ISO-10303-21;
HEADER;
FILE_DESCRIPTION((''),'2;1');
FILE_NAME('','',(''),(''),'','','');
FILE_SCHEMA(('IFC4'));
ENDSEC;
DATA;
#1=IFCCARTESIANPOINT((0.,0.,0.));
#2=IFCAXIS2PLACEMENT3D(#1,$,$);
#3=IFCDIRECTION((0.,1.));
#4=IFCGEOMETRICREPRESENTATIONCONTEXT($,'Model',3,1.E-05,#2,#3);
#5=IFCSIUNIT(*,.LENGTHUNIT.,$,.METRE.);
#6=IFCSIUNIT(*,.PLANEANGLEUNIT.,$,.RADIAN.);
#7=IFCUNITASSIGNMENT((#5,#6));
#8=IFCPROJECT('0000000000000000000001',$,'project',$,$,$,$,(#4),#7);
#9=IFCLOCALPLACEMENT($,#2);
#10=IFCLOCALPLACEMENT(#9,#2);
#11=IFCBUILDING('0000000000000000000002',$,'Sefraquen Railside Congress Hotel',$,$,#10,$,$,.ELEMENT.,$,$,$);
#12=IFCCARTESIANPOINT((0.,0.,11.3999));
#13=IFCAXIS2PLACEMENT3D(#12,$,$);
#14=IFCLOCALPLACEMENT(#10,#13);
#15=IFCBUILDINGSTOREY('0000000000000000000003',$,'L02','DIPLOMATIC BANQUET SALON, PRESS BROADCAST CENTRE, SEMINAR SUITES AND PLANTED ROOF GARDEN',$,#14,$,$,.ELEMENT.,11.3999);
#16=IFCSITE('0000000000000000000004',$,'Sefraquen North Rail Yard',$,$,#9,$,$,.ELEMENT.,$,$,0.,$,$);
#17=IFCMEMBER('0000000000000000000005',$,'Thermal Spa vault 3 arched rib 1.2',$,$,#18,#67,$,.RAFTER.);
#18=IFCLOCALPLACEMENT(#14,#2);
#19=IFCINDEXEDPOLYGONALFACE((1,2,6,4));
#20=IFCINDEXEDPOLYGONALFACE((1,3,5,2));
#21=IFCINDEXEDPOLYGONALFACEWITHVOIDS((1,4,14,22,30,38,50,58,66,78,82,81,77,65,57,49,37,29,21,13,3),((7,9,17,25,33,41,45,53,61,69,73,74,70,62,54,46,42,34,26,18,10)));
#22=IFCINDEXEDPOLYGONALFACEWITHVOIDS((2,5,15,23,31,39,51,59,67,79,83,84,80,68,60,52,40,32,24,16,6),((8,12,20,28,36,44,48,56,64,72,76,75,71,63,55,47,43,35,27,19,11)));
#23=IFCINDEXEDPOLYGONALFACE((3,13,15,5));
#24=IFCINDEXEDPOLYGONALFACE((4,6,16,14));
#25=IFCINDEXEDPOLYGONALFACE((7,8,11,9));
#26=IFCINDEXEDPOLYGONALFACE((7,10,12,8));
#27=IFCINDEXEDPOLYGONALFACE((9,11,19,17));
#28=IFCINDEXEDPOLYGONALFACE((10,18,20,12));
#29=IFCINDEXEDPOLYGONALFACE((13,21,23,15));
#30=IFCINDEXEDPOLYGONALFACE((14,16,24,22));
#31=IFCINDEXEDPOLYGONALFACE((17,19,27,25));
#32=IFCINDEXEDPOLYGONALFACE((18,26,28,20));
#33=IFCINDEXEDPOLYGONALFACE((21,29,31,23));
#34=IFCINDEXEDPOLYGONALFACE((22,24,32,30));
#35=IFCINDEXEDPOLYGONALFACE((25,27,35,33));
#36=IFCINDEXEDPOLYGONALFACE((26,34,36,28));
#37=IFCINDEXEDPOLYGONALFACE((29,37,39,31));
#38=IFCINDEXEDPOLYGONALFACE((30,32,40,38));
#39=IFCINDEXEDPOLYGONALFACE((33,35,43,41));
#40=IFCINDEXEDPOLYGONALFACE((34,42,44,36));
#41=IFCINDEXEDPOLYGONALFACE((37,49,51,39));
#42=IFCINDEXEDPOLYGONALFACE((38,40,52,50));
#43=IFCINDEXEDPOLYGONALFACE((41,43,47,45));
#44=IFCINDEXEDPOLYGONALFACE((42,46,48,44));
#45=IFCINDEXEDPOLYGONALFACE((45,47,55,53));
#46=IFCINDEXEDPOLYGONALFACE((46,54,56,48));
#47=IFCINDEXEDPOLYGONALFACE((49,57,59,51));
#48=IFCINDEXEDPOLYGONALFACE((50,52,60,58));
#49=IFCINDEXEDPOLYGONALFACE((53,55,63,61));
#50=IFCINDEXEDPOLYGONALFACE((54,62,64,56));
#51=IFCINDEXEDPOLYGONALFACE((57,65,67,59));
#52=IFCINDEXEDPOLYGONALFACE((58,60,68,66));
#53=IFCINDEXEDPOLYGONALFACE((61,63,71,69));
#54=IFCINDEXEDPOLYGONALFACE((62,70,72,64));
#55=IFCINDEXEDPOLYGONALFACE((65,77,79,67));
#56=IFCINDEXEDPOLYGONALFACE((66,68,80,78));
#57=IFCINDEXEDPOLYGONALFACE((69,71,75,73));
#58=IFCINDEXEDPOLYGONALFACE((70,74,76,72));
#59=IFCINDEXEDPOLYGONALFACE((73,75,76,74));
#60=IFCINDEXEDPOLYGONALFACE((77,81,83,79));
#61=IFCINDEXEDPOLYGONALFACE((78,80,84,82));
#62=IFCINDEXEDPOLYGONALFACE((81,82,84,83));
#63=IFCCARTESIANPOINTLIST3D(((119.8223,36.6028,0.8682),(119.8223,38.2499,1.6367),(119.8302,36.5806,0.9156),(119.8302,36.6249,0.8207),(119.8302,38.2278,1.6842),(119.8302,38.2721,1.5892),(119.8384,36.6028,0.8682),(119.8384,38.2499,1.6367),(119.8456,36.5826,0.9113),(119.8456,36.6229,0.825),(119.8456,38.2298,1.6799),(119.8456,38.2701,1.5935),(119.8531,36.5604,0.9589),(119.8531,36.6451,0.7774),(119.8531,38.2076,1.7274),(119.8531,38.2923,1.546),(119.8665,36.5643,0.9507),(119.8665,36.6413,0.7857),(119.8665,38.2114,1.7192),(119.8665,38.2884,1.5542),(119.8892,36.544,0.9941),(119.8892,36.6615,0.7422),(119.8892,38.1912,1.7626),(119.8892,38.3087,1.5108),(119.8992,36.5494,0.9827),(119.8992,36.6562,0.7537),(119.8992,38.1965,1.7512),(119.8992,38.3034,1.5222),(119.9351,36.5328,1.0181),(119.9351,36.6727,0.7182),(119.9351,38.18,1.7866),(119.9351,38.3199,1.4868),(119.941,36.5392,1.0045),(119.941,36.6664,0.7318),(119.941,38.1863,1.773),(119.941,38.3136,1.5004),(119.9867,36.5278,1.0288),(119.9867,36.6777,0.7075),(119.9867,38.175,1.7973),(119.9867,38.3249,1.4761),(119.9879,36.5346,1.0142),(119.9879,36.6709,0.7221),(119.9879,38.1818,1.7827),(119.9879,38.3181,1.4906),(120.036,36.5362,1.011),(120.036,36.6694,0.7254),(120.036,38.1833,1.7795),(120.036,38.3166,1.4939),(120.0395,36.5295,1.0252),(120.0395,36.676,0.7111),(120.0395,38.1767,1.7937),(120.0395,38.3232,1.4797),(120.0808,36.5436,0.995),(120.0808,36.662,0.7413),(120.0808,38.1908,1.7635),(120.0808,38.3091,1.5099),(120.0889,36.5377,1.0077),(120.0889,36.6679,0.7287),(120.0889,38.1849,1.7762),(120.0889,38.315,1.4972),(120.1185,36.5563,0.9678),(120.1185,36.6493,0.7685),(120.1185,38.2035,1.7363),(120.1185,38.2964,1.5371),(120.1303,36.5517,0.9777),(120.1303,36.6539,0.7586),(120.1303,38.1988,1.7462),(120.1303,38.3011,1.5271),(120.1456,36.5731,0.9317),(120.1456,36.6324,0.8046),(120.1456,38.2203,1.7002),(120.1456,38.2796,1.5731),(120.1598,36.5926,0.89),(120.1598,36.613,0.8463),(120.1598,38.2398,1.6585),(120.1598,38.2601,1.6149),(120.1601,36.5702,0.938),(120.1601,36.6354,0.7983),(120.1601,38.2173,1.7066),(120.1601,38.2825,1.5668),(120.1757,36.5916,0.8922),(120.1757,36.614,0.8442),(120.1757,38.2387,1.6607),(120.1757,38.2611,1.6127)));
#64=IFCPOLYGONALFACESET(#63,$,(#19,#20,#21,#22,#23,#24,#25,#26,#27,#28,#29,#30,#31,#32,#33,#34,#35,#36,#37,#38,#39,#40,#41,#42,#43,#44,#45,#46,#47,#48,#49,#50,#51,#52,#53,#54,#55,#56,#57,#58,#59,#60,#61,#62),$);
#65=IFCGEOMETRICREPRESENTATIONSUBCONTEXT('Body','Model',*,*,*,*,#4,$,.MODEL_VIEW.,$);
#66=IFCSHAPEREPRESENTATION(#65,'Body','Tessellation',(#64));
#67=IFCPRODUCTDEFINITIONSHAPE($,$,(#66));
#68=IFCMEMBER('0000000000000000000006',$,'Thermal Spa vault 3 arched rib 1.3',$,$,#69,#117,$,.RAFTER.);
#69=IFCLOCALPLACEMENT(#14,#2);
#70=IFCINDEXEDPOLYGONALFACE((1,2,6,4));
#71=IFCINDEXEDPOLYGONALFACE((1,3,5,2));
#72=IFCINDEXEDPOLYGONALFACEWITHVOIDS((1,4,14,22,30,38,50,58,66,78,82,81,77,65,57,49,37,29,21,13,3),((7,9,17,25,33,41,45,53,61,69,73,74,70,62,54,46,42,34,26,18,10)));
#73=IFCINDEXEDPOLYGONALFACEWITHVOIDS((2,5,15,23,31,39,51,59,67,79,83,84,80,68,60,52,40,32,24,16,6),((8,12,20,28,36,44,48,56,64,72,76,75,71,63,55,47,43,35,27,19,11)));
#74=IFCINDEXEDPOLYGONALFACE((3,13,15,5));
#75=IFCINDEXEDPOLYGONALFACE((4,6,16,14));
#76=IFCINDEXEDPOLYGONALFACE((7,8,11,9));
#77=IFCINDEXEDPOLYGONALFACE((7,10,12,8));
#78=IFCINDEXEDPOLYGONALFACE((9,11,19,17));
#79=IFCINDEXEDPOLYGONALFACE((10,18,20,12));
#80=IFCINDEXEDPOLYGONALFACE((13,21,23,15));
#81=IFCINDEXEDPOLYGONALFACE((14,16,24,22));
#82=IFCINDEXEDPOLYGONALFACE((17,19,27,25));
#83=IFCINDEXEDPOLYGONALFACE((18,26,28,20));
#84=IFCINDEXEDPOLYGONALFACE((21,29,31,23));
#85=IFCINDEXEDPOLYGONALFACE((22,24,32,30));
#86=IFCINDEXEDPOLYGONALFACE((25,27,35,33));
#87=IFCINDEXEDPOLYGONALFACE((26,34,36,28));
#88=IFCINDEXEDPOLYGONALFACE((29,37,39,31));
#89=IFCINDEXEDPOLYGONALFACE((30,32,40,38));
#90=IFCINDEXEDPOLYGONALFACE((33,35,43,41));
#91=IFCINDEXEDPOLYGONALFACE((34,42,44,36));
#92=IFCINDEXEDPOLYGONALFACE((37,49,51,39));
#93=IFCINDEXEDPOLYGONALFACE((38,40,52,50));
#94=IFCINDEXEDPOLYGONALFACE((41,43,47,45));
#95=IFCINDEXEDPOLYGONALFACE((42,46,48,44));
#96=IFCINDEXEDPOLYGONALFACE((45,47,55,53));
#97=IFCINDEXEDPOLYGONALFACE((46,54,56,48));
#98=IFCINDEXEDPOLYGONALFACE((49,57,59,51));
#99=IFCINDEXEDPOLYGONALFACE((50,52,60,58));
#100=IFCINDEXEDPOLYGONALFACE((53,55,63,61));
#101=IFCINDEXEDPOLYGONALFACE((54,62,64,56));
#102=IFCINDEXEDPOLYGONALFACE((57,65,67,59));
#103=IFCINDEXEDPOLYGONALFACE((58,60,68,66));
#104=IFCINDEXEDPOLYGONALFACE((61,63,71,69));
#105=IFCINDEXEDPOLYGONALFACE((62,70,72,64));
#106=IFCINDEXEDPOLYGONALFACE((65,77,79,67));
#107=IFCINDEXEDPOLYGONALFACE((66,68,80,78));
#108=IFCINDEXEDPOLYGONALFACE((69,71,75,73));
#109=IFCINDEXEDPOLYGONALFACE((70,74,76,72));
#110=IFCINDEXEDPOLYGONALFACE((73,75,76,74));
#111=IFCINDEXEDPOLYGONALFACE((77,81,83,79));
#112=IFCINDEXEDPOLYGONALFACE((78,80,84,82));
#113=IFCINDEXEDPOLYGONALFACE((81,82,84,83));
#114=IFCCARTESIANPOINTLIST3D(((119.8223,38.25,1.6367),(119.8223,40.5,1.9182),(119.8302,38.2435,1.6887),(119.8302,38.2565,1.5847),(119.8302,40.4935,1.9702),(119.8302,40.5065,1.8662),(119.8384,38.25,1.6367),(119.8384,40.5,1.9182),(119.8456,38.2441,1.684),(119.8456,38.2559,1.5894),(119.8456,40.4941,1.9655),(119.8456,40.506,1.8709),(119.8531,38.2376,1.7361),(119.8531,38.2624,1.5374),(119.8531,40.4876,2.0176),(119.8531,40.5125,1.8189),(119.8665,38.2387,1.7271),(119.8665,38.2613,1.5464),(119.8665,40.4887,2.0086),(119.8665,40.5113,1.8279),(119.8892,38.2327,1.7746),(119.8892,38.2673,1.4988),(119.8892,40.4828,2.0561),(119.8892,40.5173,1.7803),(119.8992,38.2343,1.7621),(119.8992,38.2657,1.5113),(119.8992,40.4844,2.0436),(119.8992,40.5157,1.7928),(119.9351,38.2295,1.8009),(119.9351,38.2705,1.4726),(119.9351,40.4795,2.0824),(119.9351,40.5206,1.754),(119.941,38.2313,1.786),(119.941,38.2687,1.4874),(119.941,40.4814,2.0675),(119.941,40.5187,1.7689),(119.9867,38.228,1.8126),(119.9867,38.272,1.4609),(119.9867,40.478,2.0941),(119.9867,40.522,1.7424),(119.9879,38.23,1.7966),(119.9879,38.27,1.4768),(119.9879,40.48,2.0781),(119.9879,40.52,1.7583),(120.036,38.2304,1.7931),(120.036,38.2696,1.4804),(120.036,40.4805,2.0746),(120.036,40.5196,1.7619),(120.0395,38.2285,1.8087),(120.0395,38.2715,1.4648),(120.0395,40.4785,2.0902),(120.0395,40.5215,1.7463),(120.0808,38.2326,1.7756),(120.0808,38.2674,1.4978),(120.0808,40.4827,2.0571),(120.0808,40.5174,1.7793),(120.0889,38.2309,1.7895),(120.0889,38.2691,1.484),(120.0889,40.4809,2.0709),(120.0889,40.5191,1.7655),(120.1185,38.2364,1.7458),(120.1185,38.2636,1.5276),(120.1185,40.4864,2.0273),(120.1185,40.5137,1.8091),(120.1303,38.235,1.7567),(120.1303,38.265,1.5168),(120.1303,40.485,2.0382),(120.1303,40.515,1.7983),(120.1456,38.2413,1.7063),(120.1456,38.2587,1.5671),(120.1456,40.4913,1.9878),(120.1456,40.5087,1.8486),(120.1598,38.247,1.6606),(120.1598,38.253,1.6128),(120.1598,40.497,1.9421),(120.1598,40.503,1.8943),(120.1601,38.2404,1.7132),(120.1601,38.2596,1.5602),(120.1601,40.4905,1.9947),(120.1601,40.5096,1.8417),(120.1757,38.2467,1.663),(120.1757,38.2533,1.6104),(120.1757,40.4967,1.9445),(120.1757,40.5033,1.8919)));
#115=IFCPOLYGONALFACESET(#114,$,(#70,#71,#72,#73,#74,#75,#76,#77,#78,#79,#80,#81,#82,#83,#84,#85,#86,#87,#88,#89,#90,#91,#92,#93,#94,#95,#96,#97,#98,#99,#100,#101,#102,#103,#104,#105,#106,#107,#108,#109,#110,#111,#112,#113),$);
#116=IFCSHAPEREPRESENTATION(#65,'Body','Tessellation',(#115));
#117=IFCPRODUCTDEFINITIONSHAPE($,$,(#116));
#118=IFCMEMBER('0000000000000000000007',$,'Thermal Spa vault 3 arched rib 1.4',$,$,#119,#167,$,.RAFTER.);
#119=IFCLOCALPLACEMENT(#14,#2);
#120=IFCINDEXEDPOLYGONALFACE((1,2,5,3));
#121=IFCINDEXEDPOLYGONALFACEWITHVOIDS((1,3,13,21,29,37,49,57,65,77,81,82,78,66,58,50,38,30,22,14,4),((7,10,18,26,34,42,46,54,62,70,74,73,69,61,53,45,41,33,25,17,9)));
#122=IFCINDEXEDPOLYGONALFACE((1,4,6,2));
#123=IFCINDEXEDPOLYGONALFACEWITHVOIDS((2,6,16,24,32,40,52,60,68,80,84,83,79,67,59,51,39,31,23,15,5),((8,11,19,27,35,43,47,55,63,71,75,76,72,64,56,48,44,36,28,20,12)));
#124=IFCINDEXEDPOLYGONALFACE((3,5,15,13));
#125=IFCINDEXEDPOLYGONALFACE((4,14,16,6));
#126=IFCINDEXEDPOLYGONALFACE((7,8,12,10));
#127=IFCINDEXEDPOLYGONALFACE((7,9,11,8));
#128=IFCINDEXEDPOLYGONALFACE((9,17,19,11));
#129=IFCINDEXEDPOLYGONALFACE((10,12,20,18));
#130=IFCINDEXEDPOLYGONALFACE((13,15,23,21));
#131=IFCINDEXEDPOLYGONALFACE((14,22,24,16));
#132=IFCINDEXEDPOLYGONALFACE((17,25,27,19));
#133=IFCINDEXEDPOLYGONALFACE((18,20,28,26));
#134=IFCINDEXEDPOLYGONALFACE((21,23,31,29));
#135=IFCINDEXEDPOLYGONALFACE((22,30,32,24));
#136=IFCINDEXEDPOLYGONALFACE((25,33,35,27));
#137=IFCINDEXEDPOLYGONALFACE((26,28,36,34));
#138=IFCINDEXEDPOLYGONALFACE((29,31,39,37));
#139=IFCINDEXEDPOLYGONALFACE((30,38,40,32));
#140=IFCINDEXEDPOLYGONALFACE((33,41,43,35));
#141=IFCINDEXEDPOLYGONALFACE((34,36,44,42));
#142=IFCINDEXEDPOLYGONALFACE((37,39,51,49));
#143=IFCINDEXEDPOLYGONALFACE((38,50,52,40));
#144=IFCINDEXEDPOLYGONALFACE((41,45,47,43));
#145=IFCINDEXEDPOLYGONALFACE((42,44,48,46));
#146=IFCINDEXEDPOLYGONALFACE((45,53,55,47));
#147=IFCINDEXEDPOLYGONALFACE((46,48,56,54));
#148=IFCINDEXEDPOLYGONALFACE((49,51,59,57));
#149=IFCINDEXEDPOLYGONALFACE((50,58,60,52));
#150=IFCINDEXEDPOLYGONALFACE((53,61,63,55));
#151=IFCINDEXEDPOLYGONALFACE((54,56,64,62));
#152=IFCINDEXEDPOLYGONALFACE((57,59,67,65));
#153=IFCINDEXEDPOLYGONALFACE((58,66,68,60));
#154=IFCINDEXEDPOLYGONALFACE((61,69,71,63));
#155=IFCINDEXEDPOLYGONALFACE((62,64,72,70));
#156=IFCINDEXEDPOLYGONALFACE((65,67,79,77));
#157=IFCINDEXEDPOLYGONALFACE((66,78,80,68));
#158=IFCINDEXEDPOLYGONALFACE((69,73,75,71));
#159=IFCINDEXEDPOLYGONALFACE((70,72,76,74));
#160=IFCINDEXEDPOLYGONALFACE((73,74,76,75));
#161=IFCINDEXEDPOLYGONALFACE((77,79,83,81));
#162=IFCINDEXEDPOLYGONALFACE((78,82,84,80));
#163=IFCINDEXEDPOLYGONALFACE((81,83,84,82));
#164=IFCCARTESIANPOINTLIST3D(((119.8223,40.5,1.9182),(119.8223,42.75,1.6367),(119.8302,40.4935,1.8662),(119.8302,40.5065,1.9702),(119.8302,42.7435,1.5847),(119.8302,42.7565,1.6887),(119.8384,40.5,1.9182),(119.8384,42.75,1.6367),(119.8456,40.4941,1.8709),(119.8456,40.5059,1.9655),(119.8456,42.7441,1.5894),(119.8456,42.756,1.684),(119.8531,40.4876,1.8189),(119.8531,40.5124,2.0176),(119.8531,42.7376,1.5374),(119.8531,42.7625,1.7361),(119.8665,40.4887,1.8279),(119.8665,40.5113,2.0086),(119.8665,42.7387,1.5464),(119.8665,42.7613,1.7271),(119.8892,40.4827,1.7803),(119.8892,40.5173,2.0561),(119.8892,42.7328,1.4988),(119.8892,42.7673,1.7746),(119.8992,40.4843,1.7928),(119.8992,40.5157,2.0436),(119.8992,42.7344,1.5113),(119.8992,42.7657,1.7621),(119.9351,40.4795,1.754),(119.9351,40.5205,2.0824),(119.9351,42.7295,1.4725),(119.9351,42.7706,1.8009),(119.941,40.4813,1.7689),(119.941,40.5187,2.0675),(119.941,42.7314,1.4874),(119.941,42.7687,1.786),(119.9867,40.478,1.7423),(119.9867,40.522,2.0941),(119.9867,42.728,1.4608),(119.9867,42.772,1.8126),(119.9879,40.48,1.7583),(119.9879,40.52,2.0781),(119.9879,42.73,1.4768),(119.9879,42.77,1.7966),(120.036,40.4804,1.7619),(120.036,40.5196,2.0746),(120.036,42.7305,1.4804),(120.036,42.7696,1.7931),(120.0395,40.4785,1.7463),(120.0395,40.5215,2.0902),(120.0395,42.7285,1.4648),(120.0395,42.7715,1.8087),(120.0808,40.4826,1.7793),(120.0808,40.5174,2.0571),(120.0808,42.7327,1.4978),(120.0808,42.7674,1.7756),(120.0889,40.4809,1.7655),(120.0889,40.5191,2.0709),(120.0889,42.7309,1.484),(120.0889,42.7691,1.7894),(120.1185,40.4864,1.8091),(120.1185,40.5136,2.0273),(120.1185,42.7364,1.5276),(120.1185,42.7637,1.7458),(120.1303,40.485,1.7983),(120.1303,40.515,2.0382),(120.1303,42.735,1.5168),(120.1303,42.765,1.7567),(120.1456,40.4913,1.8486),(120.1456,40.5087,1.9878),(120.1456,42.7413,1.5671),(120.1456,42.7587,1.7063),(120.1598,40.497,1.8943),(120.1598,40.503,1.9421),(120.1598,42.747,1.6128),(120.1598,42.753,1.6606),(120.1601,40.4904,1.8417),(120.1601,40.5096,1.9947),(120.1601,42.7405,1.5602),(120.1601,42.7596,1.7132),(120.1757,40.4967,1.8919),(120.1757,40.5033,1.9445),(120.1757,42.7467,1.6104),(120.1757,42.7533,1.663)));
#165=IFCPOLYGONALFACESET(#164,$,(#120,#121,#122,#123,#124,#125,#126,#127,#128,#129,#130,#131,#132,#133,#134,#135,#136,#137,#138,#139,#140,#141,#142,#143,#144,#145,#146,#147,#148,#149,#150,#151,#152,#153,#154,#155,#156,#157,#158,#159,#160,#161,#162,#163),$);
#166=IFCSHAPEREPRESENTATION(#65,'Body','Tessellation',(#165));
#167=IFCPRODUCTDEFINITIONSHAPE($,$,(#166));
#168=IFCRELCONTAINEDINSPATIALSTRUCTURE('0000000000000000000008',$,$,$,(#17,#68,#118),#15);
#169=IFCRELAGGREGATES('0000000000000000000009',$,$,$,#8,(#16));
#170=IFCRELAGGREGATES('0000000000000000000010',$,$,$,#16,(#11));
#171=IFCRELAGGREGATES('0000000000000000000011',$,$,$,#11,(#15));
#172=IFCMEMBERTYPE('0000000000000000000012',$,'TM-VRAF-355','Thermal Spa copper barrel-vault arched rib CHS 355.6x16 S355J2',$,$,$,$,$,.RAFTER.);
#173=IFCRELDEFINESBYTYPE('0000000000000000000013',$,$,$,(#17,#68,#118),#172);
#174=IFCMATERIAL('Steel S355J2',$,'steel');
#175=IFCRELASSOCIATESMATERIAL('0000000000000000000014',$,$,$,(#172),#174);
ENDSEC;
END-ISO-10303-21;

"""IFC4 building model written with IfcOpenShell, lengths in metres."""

from ifc_helpers import new_model, si_unit, direction, frame, origin, origin_2d, place, context, subcontext, project, spatial, hollow_circle, extrude, material, material_profile, profile_set, type_object, element, save


model = new_model("IFC4")

# Units and contexts
model_context = context("Model", 3, precision=1e-05, world=origin(), true_north=direction((0.0, 1.0)))
body_context = subcontext(model_context, "Body", "Model", "MODEL_VIEW")
ifc_project = project(units=[si_unit("LENGTHUNIT", "METRE"), si_unit("PLANEANGLEUNIT", "RADIAN")], contexts=[model_context])

# Site, building, storey
site_placement = place(None, origin())
site = spatial("IfcSite", under=ifc_project, at=site_placement, Name="Sefraquen North Rail Yard", CompositionType="ELEMENT", RefElevation=0.0)
building_placement = place(site_placement, origin())
building = spatial("IfcBuilding", under=site, at=building_placement, Name="Sefraquen Railside Congress Hotel", CompositionType="ELEMENT")
storey_placement = place(building_placement, frame((0.0, 0.0, 11.3999)))
storey = spatial("IfcBuildingStorey", under=building, at=storey_placement, Name="L02", Description="DIPLOMATIC BANQUET SALON, PRESS BROADCAST CENTRE, SEMINAR SUITES AND PLANTED ROOF GARDEN", CompositionType="ELEMENT", Elevation=11.3999)

# Members
ifc_material_1 = material(Name="Steel S355J2", Category="steel")
ifc_material_profile_1 = material_profile(ifc_material_1, hollow_circle(Radius=0.1777, WallThickness=0.0161, at=origin_2d()), Name="CHS 355.6x16")
ifc_profile_set_1 = profile_set([ifc_material_profile_1], Name="Steel S355J2")
member_type = type_object("IfcMemberType", Name="TM-VRAF-355", Description="Thermal Spa copper barrel-vault arched rib CHS 355.6x16 S355J2", PredefinedType="RAFTER", material=ifc_profile_set_1)
member_1_placement = place(storey_placement, frame((120.0, 36.6028, 0.8682), z_axis=(0.0, 0.906214, 0.422819), x_axis=(-1.0, 0.0, 0.0)))
element("IfcMember", 1, at=member_1_placement, inside=storey, type_object=member_type, Name="Thermal Spa vault 3 arched rib 1.2", PredefinedType="RAFTER", context=body_context, shape_type="SweptSolid", body=[
    extrude(hollow_circle(Radius=0.1777, WallThickness=0.0161, at=origin_2d()), origin(), (0.0, 0.0, 1.0), 1.8176),
])
for number, where, z_axis, x_axis, name in (
    (2, (120.0, 38.25, 1.6367), (0.0, 0.992265, 0.124141), (-1.0, 0.0, 0.0), "Thermal Spa vault 3 arched rib 1.3"),
    (3, (120.0, 40.5, 1.9182), (0.0, 0.992265, -0.124141), (-1.0, 0.0, 0.0), "Thermal Spa vault 3 arched rib 1.4"),
):
    element("IfcMember", number, at=place(storey_placement, frame(where, z_axis=z_axis, x_axis=x_axis)), inside=storey, type_object=member_type, Name=name, PredefinedType="RAFTER", context=body_context, shape_type="SweptSolid", body=[
        extrude(hollow_circle(Radius=0.1777, WallThickness=0.0161, at=origin_2d()), origin(), (0.0, 0.0, 1.0), 2.2676),
    ])

save(model, "model.ifc")
